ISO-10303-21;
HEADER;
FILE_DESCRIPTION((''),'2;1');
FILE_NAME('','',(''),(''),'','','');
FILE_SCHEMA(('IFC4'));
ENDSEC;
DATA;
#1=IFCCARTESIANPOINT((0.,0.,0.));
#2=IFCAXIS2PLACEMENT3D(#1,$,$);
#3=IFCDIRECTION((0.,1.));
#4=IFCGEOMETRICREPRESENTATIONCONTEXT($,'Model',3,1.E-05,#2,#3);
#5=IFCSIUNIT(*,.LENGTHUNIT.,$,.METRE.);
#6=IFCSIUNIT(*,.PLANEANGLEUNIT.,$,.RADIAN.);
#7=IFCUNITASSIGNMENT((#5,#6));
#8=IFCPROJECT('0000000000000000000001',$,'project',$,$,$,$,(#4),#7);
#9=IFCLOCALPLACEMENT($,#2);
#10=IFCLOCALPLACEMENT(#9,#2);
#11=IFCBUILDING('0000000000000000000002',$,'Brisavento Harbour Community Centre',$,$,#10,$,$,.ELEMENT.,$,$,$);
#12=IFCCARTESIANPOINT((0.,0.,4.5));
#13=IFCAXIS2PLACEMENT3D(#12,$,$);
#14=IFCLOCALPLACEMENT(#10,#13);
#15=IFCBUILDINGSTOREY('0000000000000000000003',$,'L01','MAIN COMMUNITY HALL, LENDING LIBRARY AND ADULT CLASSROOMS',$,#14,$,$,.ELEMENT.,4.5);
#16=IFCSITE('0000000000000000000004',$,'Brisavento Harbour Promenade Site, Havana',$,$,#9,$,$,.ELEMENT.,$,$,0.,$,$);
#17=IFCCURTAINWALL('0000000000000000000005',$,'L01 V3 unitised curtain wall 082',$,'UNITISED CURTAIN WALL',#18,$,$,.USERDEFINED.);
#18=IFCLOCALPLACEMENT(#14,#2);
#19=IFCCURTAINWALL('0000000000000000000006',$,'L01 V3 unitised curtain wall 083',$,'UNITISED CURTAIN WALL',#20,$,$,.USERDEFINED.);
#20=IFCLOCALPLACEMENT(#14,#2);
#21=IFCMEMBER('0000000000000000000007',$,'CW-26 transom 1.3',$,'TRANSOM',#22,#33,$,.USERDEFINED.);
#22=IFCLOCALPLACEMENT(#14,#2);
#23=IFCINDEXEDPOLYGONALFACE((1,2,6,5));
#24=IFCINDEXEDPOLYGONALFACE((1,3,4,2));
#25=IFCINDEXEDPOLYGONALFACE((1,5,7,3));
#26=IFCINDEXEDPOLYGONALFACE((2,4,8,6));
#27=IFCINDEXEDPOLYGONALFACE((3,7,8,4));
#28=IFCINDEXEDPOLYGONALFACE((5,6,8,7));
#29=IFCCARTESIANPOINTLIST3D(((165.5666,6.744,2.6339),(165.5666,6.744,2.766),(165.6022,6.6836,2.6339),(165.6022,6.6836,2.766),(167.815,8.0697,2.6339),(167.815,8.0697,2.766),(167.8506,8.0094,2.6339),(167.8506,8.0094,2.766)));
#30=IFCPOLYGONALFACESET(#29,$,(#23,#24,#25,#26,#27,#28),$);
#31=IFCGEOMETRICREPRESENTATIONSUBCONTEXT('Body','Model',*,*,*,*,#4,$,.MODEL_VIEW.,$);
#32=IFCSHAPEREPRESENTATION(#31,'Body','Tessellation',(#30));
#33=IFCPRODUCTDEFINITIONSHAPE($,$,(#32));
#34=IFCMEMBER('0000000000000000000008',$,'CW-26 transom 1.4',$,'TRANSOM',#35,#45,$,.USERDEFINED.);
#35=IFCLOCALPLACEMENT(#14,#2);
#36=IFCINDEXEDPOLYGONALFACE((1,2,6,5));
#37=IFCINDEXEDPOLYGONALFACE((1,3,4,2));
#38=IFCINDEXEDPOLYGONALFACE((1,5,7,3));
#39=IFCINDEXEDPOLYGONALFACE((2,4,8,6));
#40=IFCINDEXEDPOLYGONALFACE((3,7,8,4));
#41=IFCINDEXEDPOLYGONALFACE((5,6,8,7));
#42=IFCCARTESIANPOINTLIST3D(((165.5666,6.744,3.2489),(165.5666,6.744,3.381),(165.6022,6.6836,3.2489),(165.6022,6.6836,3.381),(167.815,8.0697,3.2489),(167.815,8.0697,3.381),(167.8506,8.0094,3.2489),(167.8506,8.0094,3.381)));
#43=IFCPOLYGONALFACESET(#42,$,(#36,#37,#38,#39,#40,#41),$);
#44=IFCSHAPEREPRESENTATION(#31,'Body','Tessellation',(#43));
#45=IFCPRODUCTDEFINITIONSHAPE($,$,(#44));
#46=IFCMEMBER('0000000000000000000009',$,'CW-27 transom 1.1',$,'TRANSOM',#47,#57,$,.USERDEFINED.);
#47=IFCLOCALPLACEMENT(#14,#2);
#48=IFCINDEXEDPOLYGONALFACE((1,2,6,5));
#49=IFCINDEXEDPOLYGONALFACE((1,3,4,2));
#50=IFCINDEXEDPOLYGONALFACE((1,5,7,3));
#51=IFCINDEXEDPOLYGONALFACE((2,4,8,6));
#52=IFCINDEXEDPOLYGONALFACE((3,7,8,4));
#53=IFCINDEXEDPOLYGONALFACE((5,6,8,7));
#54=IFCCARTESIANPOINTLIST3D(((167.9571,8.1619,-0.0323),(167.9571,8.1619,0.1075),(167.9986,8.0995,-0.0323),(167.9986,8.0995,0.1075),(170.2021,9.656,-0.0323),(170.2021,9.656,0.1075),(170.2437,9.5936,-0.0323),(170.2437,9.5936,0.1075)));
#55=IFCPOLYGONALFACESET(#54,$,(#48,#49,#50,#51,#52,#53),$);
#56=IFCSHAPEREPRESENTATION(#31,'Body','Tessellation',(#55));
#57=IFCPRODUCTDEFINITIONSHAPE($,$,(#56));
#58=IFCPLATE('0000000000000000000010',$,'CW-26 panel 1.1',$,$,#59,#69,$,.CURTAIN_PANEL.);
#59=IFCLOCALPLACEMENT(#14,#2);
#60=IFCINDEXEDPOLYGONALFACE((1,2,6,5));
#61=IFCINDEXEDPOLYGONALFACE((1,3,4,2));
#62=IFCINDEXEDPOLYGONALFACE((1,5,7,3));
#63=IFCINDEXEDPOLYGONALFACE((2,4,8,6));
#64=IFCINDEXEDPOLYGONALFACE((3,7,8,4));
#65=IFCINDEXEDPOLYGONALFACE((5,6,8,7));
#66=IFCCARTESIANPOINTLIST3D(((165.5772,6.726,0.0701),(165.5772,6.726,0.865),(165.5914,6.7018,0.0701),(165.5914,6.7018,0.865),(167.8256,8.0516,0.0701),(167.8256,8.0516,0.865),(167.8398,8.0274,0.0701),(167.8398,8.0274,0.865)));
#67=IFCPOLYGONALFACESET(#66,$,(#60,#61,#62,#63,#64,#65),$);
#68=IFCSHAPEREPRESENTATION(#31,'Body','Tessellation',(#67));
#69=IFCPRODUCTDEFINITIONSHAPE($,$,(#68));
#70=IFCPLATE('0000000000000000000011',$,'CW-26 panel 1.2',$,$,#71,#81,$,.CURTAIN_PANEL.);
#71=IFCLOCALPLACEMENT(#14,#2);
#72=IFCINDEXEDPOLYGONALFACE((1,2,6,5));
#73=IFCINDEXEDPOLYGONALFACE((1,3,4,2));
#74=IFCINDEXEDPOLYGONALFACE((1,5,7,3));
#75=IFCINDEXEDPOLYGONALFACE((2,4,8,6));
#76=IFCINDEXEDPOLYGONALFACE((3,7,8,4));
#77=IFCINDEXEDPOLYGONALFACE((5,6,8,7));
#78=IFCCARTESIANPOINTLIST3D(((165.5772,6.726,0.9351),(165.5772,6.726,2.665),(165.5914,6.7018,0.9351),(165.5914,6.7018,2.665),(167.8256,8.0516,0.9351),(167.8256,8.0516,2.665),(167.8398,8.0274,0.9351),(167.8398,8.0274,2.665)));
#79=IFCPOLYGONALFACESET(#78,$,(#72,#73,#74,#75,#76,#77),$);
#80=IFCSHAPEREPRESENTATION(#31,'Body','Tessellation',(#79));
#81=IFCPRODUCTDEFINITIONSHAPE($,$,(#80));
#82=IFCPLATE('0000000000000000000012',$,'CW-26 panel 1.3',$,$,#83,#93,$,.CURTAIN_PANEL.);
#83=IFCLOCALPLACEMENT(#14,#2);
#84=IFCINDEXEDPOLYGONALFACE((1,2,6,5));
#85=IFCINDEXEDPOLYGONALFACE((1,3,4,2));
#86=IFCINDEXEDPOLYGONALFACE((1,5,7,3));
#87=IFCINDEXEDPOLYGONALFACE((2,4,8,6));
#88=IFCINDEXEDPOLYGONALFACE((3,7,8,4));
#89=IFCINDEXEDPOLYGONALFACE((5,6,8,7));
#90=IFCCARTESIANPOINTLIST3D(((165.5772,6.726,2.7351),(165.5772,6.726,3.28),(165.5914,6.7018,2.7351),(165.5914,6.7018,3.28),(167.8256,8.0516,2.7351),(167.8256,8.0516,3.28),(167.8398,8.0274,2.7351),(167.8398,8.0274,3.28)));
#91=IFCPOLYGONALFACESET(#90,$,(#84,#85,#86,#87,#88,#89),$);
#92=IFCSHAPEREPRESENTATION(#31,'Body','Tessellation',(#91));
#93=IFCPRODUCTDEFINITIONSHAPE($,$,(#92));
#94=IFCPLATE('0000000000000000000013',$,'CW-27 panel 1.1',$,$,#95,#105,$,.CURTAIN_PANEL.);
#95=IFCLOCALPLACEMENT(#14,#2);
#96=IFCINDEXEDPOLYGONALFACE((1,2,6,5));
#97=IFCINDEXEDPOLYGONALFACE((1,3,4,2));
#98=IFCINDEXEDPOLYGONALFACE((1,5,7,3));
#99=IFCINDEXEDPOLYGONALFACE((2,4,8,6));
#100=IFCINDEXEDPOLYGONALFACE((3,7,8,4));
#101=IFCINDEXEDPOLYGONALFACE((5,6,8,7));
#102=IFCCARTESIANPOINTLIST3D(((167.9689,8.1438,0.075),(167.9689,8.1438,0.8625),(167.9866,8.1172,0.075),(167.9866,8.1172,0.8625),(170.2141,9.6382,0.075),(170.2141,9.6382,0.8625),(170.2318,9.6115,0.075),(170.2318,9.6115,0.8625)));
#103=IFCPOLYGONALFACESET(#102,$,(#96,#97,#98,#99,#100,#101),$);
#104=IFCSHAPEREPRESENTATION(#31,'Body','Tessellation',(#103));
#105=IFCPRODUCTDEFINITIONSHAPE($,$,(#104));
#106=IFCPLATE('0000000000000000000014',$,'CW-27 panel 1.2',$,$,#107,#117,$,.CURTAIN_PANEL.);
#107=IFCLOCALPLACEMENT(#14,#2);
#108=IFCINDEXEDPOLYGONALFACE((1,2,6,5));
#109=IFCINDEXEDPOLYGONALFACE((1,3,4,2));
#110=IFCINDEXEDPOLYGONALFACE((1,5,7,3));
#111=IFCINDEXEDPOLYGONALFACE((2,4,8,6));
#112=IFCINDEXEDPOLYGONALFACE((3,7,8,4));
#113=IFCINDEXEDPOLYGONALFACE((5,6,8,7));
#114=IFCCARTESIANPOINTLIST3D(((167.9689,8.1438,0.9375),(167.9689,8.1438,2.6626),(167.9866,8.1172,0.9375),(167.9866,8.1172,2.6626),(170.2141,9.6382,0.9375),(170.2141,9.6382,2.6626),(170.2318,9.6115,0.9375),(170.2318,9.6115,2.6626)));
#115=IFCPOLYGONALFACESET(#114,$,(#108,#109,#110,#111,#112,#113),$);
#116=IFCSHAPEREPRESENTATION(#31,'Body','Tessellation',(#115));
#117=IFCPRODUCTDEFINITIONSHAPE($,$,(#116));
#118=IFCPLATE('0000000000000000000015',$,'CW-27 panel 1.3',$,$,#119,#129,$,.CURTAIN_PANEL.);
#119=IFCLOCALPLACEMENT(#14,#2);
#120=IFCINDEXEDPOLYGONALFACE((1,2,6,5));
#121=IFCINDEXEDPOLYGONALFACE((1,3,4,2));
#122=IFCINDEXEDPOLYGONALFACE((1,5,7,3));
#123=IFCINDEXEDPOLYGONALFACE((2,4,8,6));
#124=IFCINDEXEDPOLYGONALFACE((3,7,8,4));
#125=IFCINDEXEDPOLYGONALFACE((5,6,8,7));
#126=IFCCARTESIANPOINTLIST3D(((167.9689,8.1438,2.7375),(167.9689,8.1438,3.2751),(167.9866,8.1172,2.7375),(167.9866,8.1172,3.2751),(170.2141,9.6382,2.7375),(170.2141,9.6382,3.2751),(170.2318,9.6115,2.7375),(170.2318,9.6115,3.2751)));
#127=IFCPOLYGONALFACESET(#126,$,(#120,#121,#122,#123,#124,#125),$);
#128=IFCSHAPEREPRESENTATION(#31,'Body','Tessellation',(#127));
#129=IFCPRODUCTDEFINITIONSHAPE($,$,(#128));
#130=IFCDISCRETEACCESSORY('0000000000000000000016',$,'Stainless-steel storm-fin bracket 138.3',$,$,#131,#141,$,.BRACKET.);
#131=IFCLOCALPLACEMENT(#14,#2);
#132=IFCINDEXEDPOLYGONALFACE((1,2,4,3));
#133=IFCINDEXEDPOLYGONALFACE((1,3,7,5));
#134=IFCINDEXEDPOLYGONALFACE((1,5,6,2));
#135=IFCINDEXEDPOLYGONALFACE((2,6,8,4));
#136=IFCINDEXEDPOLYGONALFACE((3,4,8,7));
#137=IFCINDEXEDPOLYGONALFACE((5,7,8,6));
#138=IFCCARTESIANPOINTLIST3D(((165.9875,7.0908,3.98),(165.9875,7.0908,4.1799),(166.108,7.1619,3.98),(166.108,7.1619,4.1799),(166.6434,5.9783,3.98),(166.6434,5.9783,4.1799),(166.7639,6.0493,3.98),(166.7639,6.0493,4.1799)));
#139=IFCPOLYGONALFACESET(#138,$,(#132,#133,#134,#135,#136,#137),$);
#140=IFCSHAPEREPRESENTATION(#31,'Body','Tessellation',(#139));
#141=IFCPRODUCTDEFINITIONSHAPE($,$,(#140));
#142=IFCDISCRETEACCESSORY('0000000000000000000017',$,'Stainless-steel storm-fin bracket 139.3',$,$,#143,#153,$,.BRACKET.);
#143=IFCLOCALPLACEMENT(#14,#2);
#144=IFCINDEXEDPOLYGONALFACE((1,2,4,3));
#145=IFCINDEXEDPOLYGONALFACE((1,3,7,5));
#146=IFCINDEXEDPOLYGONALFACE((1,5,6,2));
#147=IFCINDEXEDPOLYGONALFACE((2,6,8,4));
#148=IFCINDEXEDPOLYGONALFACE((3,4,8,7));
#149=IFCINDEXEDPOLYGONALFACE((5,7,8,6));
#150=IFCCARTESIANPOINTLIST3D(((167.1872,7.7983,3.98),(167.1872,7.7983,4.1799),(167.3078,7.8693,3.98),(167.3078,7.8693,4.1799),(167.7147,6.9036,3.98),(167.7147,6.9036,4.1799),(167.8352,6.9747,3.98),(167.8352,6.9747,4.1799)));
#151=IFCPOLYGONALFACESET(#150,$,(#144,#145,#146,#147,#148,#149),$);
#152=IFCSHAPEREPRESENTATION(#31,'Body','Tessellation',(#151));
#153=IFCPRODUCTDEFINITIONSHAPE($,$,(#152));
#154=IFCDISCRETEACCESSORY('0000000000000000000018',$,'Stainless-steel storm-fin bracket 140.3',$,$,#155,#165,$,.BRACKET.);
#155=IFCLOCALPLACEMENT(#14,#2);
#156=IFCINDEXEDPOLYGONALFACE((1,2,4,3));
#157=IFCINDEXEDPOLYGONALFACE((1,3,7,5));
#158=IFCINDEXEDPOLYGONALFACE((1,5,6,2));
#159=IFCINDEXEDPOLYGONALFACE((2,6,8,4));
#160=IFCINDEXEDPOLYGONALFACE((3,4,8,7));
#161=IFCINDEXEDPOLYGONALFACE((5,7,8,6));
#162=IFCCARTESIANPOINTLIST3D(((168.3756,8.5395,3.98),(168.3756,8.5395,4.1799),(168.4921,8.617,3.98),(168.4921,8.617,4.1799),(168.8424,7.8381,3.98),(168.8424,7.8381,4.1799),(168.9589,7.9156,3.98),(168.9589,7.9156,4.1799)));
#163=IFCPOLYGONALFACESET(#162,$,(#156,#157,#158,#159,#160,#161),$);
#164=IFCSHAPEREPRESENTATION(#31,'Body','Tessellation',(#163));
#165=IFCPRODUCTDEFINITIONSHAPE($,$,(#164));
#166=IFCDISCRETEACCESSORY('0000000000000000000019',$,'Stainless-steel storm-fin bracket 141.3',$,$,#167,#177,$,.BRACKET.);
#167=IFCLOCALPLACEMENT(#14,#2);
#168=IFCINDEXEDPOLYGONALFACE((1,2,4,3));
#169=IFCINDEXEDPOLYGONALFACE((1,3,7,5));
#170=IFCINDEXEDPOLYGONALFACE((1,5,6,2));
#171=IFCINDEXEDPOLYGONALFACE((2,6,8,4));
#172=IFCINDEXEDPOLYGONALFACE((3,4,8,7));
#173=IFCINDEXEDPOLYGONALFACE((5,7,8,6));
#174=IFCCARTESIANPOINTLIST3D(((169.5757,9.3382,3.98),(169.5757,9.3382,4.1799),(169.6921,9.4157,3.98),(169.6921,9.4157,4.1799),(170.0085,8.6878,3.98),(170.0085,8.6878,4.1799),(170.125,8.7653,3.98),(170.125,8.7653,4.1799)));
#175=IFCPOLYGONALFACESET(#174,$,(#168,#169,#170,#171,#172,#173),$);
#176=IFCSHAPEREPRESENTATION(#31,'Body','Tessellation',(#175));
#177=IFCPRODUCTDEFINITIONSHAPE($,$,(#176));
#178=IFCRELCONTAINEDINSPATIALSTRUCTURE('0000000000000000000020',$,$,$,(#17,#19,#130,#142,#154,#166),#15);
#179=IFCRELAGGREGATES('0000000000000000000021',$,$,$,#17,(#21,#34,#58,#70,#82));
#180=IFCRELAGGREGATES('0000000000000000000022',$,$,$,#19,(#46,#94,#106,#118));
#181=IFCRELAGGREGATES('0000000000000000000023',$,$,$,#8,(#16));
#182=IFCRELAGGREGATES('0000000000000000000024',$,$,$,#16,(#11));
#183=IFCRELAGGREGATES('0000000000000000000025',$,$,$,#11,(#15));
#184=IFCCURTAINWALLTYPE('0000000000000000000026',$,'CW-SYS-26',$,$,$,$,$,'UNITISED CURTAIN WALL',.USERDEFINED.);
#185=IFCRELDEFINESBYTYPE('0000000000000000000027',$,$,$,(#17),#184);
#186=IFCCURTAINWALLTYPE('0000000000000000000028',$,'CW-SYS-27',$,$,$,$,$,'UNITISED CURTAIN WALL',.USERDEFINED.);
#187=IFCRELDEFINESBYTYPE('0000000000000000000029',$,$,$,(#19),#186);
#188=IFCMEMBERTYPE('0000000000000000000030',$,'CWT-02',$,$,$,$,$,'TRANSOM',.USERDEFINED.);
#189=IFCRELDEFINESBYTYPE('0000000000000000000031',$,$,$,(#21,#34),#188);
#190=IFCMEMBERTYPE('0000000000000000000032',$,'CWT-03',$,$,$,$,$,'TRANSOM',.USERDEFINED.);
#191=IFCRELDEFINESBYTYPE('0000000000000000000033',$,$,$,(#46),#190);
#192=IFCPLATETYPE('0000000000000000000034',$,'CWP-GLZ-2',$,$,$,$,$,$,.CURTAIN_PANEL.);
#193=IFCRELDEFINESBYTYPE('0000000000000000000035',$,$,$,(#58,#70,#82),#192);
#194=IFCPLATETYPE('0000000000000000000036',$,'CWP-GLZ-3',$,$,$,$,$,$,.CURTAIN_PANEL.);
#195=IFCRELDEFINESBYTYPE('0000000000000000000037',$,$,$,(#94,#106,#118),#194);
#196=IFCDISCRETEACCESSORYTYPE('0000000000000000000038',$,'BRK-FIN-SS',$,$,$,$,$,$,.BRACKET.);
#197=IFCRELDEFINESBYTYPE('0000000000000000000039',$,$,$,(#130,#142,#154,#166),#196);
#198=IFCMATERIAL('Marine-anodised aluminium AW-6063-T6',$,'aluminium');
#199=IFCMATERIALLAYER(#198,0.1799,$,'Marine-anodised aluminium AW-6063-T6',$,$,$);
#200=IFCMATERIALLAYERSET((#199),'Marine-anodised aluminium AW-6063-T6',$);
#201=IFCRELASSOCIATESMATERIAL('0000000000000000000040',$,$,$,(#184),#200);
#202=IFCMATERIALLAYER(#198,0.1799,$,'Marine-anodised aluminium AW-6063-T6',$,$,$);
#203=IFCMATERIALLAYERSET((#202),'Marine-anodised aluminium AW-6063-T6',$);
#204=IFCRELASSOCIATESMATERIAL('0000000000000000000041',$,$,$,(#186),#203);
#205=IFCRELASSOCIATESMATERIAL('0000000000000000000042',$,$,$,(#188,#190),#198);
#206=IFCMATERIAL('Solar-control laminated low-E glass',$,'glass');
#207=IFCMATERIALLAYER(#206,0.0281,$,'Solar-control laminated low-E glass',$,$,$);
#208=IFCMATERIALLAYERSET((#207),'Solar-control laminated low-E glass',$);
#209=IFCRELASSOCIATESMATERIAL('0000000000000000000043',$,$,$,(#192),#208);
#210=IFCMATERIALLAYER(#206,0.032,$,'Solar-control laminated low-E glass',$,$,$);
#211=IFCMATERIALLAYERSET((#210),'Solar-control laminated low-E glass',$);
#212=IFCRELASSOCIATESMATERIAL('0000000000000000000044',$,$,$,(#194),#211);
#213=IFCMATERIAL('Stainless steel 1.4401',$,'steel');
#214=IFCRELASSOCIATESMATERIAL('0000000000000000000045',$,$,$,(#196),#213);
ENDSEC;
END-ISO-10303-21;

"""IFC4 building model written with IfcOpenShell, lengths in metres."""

from ifc_helpers import new_model, si_unit, direction, frame, origin, origin_2d, place, context, subcontext, project, spatial, rectangle, extrude, material, layer, layer_set, material_profile, profile_set, type_object, element, aggregate, save


model = new_model("IFC4")

# Units and contexts
model_context = context("Model", 3, precision=1e-05, world=origin(), true_north=direction((0.0, 1.0)))
body_context = subcontext(model_context, "Body", "Model", "MODEL_VIEW")
ifc_project = project(units=[si_unit("LENGTHUNIT", "METRE"), si_unit("PLANEANGLEUNIT", "RADIAN")], contexts=[model_context])

# Site, building, storey
site_placement = place(None, origin())
site = spatial("IfcSite", under=ifc_project, at=site_placement, Name="Brisavento Harbour Promenade Site, Havana", CompositionType="ELEMENT", RefElevation=0.0)
building_placement = place(site_placement, origin())
building = spatial("IfcBuilding", under=site, at=building_placement, Name="Brisavento Harbour Community Centre", CompositionType="ELEMENT")
storey_placement = place(building_placement, frame((0.0, 0.0, 4.5)))
storey = spatial("IfcBuildingStorey", under=building, at=storey_placement, Name="L01", Description="MAIN COMMUNITY HALL, LENDING LIBRARY AND ADULT CLASSROOMS", CompositionType="ELEMENT", Elevation=4.5)

# Shared definitions
ifc_material_1 = material(Name="Marine-anodised aluminium AW-6063-T6", Category="aluminium")

# Curtain wall
ifc_layer_1 = layer(ifc_material_1, 0.1799, Name="Marine-anodised aluminium AW-6063-T6")
ifc_layer_set_1 = layer_set([ifc_layer_1], Name="Marine-anodised aluminium AW-6063-T6")
curtain_wall_type_1 = type_object("IfcCurtainWallType", Name="CW-SYS-26", ElementType="UNITISED CURTAIN WALL", PredefinedType="USERDEFINED", material=ifc_layer_set_1)
curtain_wall_1_placement = place(storey_placement, origin())
curtain_wall_1 = element("IfcCurtainWall", 1, at=curtain_wall_1_placement, inside=storey, type_object=curtain_wall_type_1, Name="L01 V3 unitised curtain wall 082", ObjectType="UNITISED CURTAIN WALL", PredefinedType="USERDEFINED")

# Curtain wall
ifc_layer_2 = layer(ifc_material_1, 0.1799, Name="Marine-anodised aluminium AW-6063-T6")
ifc_layer_set_2 = layer_set([ifc_layer_2], Name="Marine-anodised aluminium AW-6063-T6")
curtain_wall_type_2 = type_object("IfcCurtainWallType", Name="CW-SYS-27", ElementType="UNITISED CURTAIN WALL", PredefinedType="USERDEFINED", material=ifc_layer_set_2)
curtain_wall_2_placement = place(storey_placement, origin())
curtain_wall_2 = element("IfcCurtainWall", 2, at=curtain_wall_2_placement, inside=storey, type_object=curtain_wall_type_2, Name="L01 V3 unitised curtain wall 083", ObjectType="UNITISED CURTAIN WALL", PredefinedType="USERDEFINED")

# Members
ifc_material_profile_1 = material_profile(ifc_material_1, rectangle(XDim=0.0701, YDim=0.1321, at=origin_2d()), Name="Marine-anodised aluminium AW-6063-T6")
ifc_profile_set_1 = profile_set([ifc_material_profile_1], Name="Marine-anodised aluminium AW-6063-T6")
member_type_1 = type_object("IfcMemberType", Name="CWT-02", ElementType="TRANSOM", PredefinedType="USERDEFINED", material=ifc_profile_set_1)
member_1_placement = place(storey_placement, frame((167.8328, 8.0396, 2.7), z_axis=(-0.861405, -0.507919, 0.0), x_axis=(0.507919, -0.861405, 0.0)))
member_1 = element("IfcMember", 3, at=member_1_placement, type_object=member_type_1, Name="CW-26 transom 1.3", ObjectType="TRANSOM", PredefinedType="USERDEFINED", context=body_context, shape_type="SweptSolid", body=[
    extrude(rectangle(XDim=0.0701, YDim=0.1321, at=origin_2d()), origin(), (0.0, 0.0, 1.0), 2.6101),
])
member_2_placement = place(storey_placement, frame((167.8328, 8.0396, 3.3149), z_axis=(-0.861405, -0.507919, 0.0), x_axis=(0.507919, -0.861405, 0.0)))
member_2 = element("IfcMember", 4, at=member_2_placement, type_object=member_type_1, Name="CW-26 transom 1.4", ObjectType="TRANSOM", PredefinedType="USERDEFINED", context=body_context, shape_type="SweptSolid", body=[
    extrude(rectangle(XDim=0.0701, YDim=0.1321, at=origin_2d()), origin(), (0.0, 0.0, 1.0), 2.6101),
])
ifc_material_profile_2 = material_profile(ifc_material_1, rectangle(XDim=0.075, YDim=0.1399, at=origin_2d()), Name="Marine-anodised aluminium AW-6063-T6")
ifc_profile_set_2 = profile_set([ifc_material_profile_2], Name="Marine-anodised aluminium AW-6063-T6")
member_type_2 = type_object("IfcMemberType", Name="CWT-03", ElementType="TRANSOM", PredefinedType="USERDEFINED", material=ifc_profile_set_2)
member_3_placement = place(storey_placement, frame((170.2229, 9.6248, 0.0376), z_axis=(-0.832496, -0.554032, 0.0), x_axis=(0.554032, -0.832496, 0.0)))
member_3 = element("IfcMember", 5, at=member_3_placement, type_object=member_type_2, Name="CW-27 transom 1.1", ObjectType="TRANSOM", PredefinedType="USERDEFINED", context=body_context, shape_type="SweptSolid", body=[
    extrude(rectangle(XDim=0.075, YDim=0.1399, at=origin_2d()), origin(), (0.0, 0.0, 1.0), 2.6968),
])

# Plates
ifc_material_2 = material(Name="Solar-control laminated low-E glass", Category="glass")
ifc_layer_3 = layer(ifc_material_2, 0.0281, Name="Solar-control laminated low-E glass")
ifc_layer_set_3 = layer_set([ifc_layer_3], Name="Solar-control laminated low-E glass")
plate_type_1 = type_object("IfcPlateType", Name="CWP-GLZ-2", PredefinedType="CURTAIN_PANEL", material=ifc_layer_set_3)
plate_1_placement = place(storey_placement, frame((166.7085, 7.3767, 0.0701), z_axis=(0.0, 0.0, 1.0), x_axis=(-0.86143, -0.507876, 0.0)))
plate_1 = element("IfcPlate", 6, at=plate_1_placement, type_object=plate_type_1, Name="CW-26 panel 1.1", PredefinedType="CURTAIN_PANEL", context=body_context, shape_type="SweptSolid", body=[
    extrude(rectangle(XDim=2.6101, YDim=0.0281, at=origin_2d()), origin(), (0.0, 0.0, 1.0), 0.7949),
])
plate_2_placement = place(storey_placement, frame((166.7085, 7.3767, 0.9351), z_axis=(0.0, 0.0, 1.0), x_axis=(-0.86143, -0.507876, 0.0)))
plate_2 = element("IfcPlate", 7, at=plate_2_placement, type_object=plate_type_1, Name="CW-26 panel 1.2", PredefinedType="CURTAIN_PANEL", context=body_context, shape_type="SweptSolid", body=[
    extrude(rectangle(XDim=2.6101, YDim=0.0281, at=origin_2d()), origin(), (0.0, 0.0, 1.0), 1.73),
])
plate_3_placement = place(storey_placement, frame((166.7085, 7.3767, 2.7351), z_axis=(0.0, 0.0, 1.0), x_axis=(-0.86143, -0.507876, 0.0)))
plate_3 = element("IfcPlate", 8, at=plate_3_placement, type_object=plate_type_1, Name="CW-26 panel 1.3", PredefinedType="CURTAIN_PANEL", context=body_context, shape_type="SweptSolid", body=[
    extrude(rectangle(XDim=2.6101, YDim=0.0281, at=origin_2d()), origin(), (0.0, 0.0, 1.0), 0.5449),
])
aggregate(curtain_wall_1, [member_1, member_2, plate_1, plate_2, plate_3])
ifc_layer_4 = layer(ifc_material_2, 0.032, Name="Solar-control laminated low-E glass")
ifc_layer_set_4 = layer_set([ifc_layer_4], Name="Solar-control laminated low-E glass")
plate_type_2 = type_object("IfcPlateType", Name="CWP-GLZ-3", PredefinedType="CURTAIN_PANEL", material=ifc_layer_set_4)
plate_4_placement = place(storey_placement, frame((169.1003, 8.8777, 0.075), z_axis=(0.0, 0.0, 1.0), x_axis=(-0.832472, -0.554068, 0.0)))
plate_4 = element("IfcPlate", 9, at=plate_4_placement, type_object=plate_type_2, Name="CW-27 panel 1.1", PredefinedType="CURTAIN_PANEL", context=body_context, shape_type="SweptSolid", body=[
    extrude(rectangle(XDim=2.697, YDim=0.032, at=origin_2d()), origin(), (0.0, 0.0, 1.0), 0.7876),
])
plate_5_placement = place(storey_placement, frame((169.1003, 8.8777, 0.9375), z_axis=(0.0, 0.0, 1.0), x_axis=(-0.832472, -0.554068, 0.0)))
plate_5 = element("IfcPlate", 10, at=plate_5_placement, type_object=plate_type_2, Name="CW-27 panel 1.2", PredefinedType="CURTAIN_PANEL", context=body_context, shape_type="SweptSolid", body=[
    extrude(rectangle(XDim=2.697, YDim=0.032, at=origin_2d()), origin(), (0.0, 0.0, 1.0), 1.7251),
])
plate_6_placement = place(storey_placement, frame((169.1003, 8.8777, 2.7375), z_axis=(0.0, 0.0, 1.0), x_axis=(-0.832472, -0.554068, 0.0)))
plate_6 = element("IfcPlate", 11, at=plate_6_placement, type_object=plate_type_2, Name="CW-27 panel 1.3", PredefinedType="CURTAIN_PANEL", context=body_context, shape_type="SweptSolid", body=[
    extrude(rectangle(XDim=2.697, YDim=0.032, at=origin_2d()), origin(), (0.0, 0.0, 1.0), 0.5376),
])
aggregate(curtain_wall_2, [member_3, plate_4, plate_5, plate_6])

# Discrete accessories
ifc_material_3 = material(Name="Stainless steel 1.4401", Category="steel")
discrete_accessory_type = type_object("IfcDiscreteAccessoryType", Name="BRK-FIN-SS", PredefinedType="BRACKET", material=ifc_material_3)
discrete_accessory_1_placement = place(storey_placement, frame((166.3757, 6.5701, 3.98), z_axis=(0.0, 0.0, 1.0), x_axis=(0.507869, -0.861434, 0.0)))
element("IfcDiscreteAccessory", 12, at=discrete_accessory_1_placement, inside=storey, type_object=discrete_accessory_type, Name="Stainless-steel storm-fin bracket 138.3", PredefinedType="BRACKET", context=body_context, shape_type="SweptSolid", body=[
    extrude(rectangle(XDim=1.2915, YDim=0.1399, at=origin_2d()), origin(), (0.0, 0.0, 1.0), 0.2),
])
discrete_accessory_2_placement = place(storey_placement, frame((167.5112, 7.3865, 3.98), z_axis=(0.0, 0.0, 1.0), x_axis=(0.507869, -0.861434, 0.0)))
element("IfcDiscreteAccessory", 13, at=discrete_accessory_2_placement, inside=storey, type_object=discrete_accessory_type, Name="Stainless-steel storm-fin bracket 139.3", PredefinedType="BRACKET", context=body_context, shape_type="SweptSolid", body=[
    extrude(rectangle(XDim=1.0386, YDim=0.1399, at=origin_2d()), origin(), (0.0, 0.0, 1.0), 0.2),
])
discrete_accessory_3_placement = place(storey_placement, frame((168.6672, 8.2275, 3.98), z_axis=(0.0, 0.0, 1.0), x_axis=(0.55406, -0.832477, 0.0)))
element("IfcDiscreteAccessory", 14, at=discrete_accessory_3_placement, inside=storey, type_object=discrete_accessory_type, Name="Stainless-steel storm-fin bracket 140.3", PredefinedType="BRACKET", context=body_context, shape_type="SweptSolid", body=[
    extrude(rectangle(XDim=0.8425, YDim=0.1399, at=origin_2d()), origin(), (0.0, 0.0, 1.0), 0.2),
])
discrete_accessory_4_placement = place(storey_placement, frame((169.8503, 9.0518, 3.98), z_axis=(0.0, 0.0, 1.0), x_axis=(0.55406, -0.832477, 0.0)))
element("IfcDiscreteAccessory", 15, at=discrete_accessory_4_placement, inside=storey, type_object=discrete_accessory_type, Name="Stainless-steel storm-fin bracket 141.3", PredefinedType="BRACKET", context=body_context, shape_type="SweptSolid", body=[
    extrude(rectangle(XDim=0.7812, YDim=0.1399, at=origin_2d()), origin(), (0.0, 0.0, 1.0), 0.2),
])

save(model, "model.ifc")
